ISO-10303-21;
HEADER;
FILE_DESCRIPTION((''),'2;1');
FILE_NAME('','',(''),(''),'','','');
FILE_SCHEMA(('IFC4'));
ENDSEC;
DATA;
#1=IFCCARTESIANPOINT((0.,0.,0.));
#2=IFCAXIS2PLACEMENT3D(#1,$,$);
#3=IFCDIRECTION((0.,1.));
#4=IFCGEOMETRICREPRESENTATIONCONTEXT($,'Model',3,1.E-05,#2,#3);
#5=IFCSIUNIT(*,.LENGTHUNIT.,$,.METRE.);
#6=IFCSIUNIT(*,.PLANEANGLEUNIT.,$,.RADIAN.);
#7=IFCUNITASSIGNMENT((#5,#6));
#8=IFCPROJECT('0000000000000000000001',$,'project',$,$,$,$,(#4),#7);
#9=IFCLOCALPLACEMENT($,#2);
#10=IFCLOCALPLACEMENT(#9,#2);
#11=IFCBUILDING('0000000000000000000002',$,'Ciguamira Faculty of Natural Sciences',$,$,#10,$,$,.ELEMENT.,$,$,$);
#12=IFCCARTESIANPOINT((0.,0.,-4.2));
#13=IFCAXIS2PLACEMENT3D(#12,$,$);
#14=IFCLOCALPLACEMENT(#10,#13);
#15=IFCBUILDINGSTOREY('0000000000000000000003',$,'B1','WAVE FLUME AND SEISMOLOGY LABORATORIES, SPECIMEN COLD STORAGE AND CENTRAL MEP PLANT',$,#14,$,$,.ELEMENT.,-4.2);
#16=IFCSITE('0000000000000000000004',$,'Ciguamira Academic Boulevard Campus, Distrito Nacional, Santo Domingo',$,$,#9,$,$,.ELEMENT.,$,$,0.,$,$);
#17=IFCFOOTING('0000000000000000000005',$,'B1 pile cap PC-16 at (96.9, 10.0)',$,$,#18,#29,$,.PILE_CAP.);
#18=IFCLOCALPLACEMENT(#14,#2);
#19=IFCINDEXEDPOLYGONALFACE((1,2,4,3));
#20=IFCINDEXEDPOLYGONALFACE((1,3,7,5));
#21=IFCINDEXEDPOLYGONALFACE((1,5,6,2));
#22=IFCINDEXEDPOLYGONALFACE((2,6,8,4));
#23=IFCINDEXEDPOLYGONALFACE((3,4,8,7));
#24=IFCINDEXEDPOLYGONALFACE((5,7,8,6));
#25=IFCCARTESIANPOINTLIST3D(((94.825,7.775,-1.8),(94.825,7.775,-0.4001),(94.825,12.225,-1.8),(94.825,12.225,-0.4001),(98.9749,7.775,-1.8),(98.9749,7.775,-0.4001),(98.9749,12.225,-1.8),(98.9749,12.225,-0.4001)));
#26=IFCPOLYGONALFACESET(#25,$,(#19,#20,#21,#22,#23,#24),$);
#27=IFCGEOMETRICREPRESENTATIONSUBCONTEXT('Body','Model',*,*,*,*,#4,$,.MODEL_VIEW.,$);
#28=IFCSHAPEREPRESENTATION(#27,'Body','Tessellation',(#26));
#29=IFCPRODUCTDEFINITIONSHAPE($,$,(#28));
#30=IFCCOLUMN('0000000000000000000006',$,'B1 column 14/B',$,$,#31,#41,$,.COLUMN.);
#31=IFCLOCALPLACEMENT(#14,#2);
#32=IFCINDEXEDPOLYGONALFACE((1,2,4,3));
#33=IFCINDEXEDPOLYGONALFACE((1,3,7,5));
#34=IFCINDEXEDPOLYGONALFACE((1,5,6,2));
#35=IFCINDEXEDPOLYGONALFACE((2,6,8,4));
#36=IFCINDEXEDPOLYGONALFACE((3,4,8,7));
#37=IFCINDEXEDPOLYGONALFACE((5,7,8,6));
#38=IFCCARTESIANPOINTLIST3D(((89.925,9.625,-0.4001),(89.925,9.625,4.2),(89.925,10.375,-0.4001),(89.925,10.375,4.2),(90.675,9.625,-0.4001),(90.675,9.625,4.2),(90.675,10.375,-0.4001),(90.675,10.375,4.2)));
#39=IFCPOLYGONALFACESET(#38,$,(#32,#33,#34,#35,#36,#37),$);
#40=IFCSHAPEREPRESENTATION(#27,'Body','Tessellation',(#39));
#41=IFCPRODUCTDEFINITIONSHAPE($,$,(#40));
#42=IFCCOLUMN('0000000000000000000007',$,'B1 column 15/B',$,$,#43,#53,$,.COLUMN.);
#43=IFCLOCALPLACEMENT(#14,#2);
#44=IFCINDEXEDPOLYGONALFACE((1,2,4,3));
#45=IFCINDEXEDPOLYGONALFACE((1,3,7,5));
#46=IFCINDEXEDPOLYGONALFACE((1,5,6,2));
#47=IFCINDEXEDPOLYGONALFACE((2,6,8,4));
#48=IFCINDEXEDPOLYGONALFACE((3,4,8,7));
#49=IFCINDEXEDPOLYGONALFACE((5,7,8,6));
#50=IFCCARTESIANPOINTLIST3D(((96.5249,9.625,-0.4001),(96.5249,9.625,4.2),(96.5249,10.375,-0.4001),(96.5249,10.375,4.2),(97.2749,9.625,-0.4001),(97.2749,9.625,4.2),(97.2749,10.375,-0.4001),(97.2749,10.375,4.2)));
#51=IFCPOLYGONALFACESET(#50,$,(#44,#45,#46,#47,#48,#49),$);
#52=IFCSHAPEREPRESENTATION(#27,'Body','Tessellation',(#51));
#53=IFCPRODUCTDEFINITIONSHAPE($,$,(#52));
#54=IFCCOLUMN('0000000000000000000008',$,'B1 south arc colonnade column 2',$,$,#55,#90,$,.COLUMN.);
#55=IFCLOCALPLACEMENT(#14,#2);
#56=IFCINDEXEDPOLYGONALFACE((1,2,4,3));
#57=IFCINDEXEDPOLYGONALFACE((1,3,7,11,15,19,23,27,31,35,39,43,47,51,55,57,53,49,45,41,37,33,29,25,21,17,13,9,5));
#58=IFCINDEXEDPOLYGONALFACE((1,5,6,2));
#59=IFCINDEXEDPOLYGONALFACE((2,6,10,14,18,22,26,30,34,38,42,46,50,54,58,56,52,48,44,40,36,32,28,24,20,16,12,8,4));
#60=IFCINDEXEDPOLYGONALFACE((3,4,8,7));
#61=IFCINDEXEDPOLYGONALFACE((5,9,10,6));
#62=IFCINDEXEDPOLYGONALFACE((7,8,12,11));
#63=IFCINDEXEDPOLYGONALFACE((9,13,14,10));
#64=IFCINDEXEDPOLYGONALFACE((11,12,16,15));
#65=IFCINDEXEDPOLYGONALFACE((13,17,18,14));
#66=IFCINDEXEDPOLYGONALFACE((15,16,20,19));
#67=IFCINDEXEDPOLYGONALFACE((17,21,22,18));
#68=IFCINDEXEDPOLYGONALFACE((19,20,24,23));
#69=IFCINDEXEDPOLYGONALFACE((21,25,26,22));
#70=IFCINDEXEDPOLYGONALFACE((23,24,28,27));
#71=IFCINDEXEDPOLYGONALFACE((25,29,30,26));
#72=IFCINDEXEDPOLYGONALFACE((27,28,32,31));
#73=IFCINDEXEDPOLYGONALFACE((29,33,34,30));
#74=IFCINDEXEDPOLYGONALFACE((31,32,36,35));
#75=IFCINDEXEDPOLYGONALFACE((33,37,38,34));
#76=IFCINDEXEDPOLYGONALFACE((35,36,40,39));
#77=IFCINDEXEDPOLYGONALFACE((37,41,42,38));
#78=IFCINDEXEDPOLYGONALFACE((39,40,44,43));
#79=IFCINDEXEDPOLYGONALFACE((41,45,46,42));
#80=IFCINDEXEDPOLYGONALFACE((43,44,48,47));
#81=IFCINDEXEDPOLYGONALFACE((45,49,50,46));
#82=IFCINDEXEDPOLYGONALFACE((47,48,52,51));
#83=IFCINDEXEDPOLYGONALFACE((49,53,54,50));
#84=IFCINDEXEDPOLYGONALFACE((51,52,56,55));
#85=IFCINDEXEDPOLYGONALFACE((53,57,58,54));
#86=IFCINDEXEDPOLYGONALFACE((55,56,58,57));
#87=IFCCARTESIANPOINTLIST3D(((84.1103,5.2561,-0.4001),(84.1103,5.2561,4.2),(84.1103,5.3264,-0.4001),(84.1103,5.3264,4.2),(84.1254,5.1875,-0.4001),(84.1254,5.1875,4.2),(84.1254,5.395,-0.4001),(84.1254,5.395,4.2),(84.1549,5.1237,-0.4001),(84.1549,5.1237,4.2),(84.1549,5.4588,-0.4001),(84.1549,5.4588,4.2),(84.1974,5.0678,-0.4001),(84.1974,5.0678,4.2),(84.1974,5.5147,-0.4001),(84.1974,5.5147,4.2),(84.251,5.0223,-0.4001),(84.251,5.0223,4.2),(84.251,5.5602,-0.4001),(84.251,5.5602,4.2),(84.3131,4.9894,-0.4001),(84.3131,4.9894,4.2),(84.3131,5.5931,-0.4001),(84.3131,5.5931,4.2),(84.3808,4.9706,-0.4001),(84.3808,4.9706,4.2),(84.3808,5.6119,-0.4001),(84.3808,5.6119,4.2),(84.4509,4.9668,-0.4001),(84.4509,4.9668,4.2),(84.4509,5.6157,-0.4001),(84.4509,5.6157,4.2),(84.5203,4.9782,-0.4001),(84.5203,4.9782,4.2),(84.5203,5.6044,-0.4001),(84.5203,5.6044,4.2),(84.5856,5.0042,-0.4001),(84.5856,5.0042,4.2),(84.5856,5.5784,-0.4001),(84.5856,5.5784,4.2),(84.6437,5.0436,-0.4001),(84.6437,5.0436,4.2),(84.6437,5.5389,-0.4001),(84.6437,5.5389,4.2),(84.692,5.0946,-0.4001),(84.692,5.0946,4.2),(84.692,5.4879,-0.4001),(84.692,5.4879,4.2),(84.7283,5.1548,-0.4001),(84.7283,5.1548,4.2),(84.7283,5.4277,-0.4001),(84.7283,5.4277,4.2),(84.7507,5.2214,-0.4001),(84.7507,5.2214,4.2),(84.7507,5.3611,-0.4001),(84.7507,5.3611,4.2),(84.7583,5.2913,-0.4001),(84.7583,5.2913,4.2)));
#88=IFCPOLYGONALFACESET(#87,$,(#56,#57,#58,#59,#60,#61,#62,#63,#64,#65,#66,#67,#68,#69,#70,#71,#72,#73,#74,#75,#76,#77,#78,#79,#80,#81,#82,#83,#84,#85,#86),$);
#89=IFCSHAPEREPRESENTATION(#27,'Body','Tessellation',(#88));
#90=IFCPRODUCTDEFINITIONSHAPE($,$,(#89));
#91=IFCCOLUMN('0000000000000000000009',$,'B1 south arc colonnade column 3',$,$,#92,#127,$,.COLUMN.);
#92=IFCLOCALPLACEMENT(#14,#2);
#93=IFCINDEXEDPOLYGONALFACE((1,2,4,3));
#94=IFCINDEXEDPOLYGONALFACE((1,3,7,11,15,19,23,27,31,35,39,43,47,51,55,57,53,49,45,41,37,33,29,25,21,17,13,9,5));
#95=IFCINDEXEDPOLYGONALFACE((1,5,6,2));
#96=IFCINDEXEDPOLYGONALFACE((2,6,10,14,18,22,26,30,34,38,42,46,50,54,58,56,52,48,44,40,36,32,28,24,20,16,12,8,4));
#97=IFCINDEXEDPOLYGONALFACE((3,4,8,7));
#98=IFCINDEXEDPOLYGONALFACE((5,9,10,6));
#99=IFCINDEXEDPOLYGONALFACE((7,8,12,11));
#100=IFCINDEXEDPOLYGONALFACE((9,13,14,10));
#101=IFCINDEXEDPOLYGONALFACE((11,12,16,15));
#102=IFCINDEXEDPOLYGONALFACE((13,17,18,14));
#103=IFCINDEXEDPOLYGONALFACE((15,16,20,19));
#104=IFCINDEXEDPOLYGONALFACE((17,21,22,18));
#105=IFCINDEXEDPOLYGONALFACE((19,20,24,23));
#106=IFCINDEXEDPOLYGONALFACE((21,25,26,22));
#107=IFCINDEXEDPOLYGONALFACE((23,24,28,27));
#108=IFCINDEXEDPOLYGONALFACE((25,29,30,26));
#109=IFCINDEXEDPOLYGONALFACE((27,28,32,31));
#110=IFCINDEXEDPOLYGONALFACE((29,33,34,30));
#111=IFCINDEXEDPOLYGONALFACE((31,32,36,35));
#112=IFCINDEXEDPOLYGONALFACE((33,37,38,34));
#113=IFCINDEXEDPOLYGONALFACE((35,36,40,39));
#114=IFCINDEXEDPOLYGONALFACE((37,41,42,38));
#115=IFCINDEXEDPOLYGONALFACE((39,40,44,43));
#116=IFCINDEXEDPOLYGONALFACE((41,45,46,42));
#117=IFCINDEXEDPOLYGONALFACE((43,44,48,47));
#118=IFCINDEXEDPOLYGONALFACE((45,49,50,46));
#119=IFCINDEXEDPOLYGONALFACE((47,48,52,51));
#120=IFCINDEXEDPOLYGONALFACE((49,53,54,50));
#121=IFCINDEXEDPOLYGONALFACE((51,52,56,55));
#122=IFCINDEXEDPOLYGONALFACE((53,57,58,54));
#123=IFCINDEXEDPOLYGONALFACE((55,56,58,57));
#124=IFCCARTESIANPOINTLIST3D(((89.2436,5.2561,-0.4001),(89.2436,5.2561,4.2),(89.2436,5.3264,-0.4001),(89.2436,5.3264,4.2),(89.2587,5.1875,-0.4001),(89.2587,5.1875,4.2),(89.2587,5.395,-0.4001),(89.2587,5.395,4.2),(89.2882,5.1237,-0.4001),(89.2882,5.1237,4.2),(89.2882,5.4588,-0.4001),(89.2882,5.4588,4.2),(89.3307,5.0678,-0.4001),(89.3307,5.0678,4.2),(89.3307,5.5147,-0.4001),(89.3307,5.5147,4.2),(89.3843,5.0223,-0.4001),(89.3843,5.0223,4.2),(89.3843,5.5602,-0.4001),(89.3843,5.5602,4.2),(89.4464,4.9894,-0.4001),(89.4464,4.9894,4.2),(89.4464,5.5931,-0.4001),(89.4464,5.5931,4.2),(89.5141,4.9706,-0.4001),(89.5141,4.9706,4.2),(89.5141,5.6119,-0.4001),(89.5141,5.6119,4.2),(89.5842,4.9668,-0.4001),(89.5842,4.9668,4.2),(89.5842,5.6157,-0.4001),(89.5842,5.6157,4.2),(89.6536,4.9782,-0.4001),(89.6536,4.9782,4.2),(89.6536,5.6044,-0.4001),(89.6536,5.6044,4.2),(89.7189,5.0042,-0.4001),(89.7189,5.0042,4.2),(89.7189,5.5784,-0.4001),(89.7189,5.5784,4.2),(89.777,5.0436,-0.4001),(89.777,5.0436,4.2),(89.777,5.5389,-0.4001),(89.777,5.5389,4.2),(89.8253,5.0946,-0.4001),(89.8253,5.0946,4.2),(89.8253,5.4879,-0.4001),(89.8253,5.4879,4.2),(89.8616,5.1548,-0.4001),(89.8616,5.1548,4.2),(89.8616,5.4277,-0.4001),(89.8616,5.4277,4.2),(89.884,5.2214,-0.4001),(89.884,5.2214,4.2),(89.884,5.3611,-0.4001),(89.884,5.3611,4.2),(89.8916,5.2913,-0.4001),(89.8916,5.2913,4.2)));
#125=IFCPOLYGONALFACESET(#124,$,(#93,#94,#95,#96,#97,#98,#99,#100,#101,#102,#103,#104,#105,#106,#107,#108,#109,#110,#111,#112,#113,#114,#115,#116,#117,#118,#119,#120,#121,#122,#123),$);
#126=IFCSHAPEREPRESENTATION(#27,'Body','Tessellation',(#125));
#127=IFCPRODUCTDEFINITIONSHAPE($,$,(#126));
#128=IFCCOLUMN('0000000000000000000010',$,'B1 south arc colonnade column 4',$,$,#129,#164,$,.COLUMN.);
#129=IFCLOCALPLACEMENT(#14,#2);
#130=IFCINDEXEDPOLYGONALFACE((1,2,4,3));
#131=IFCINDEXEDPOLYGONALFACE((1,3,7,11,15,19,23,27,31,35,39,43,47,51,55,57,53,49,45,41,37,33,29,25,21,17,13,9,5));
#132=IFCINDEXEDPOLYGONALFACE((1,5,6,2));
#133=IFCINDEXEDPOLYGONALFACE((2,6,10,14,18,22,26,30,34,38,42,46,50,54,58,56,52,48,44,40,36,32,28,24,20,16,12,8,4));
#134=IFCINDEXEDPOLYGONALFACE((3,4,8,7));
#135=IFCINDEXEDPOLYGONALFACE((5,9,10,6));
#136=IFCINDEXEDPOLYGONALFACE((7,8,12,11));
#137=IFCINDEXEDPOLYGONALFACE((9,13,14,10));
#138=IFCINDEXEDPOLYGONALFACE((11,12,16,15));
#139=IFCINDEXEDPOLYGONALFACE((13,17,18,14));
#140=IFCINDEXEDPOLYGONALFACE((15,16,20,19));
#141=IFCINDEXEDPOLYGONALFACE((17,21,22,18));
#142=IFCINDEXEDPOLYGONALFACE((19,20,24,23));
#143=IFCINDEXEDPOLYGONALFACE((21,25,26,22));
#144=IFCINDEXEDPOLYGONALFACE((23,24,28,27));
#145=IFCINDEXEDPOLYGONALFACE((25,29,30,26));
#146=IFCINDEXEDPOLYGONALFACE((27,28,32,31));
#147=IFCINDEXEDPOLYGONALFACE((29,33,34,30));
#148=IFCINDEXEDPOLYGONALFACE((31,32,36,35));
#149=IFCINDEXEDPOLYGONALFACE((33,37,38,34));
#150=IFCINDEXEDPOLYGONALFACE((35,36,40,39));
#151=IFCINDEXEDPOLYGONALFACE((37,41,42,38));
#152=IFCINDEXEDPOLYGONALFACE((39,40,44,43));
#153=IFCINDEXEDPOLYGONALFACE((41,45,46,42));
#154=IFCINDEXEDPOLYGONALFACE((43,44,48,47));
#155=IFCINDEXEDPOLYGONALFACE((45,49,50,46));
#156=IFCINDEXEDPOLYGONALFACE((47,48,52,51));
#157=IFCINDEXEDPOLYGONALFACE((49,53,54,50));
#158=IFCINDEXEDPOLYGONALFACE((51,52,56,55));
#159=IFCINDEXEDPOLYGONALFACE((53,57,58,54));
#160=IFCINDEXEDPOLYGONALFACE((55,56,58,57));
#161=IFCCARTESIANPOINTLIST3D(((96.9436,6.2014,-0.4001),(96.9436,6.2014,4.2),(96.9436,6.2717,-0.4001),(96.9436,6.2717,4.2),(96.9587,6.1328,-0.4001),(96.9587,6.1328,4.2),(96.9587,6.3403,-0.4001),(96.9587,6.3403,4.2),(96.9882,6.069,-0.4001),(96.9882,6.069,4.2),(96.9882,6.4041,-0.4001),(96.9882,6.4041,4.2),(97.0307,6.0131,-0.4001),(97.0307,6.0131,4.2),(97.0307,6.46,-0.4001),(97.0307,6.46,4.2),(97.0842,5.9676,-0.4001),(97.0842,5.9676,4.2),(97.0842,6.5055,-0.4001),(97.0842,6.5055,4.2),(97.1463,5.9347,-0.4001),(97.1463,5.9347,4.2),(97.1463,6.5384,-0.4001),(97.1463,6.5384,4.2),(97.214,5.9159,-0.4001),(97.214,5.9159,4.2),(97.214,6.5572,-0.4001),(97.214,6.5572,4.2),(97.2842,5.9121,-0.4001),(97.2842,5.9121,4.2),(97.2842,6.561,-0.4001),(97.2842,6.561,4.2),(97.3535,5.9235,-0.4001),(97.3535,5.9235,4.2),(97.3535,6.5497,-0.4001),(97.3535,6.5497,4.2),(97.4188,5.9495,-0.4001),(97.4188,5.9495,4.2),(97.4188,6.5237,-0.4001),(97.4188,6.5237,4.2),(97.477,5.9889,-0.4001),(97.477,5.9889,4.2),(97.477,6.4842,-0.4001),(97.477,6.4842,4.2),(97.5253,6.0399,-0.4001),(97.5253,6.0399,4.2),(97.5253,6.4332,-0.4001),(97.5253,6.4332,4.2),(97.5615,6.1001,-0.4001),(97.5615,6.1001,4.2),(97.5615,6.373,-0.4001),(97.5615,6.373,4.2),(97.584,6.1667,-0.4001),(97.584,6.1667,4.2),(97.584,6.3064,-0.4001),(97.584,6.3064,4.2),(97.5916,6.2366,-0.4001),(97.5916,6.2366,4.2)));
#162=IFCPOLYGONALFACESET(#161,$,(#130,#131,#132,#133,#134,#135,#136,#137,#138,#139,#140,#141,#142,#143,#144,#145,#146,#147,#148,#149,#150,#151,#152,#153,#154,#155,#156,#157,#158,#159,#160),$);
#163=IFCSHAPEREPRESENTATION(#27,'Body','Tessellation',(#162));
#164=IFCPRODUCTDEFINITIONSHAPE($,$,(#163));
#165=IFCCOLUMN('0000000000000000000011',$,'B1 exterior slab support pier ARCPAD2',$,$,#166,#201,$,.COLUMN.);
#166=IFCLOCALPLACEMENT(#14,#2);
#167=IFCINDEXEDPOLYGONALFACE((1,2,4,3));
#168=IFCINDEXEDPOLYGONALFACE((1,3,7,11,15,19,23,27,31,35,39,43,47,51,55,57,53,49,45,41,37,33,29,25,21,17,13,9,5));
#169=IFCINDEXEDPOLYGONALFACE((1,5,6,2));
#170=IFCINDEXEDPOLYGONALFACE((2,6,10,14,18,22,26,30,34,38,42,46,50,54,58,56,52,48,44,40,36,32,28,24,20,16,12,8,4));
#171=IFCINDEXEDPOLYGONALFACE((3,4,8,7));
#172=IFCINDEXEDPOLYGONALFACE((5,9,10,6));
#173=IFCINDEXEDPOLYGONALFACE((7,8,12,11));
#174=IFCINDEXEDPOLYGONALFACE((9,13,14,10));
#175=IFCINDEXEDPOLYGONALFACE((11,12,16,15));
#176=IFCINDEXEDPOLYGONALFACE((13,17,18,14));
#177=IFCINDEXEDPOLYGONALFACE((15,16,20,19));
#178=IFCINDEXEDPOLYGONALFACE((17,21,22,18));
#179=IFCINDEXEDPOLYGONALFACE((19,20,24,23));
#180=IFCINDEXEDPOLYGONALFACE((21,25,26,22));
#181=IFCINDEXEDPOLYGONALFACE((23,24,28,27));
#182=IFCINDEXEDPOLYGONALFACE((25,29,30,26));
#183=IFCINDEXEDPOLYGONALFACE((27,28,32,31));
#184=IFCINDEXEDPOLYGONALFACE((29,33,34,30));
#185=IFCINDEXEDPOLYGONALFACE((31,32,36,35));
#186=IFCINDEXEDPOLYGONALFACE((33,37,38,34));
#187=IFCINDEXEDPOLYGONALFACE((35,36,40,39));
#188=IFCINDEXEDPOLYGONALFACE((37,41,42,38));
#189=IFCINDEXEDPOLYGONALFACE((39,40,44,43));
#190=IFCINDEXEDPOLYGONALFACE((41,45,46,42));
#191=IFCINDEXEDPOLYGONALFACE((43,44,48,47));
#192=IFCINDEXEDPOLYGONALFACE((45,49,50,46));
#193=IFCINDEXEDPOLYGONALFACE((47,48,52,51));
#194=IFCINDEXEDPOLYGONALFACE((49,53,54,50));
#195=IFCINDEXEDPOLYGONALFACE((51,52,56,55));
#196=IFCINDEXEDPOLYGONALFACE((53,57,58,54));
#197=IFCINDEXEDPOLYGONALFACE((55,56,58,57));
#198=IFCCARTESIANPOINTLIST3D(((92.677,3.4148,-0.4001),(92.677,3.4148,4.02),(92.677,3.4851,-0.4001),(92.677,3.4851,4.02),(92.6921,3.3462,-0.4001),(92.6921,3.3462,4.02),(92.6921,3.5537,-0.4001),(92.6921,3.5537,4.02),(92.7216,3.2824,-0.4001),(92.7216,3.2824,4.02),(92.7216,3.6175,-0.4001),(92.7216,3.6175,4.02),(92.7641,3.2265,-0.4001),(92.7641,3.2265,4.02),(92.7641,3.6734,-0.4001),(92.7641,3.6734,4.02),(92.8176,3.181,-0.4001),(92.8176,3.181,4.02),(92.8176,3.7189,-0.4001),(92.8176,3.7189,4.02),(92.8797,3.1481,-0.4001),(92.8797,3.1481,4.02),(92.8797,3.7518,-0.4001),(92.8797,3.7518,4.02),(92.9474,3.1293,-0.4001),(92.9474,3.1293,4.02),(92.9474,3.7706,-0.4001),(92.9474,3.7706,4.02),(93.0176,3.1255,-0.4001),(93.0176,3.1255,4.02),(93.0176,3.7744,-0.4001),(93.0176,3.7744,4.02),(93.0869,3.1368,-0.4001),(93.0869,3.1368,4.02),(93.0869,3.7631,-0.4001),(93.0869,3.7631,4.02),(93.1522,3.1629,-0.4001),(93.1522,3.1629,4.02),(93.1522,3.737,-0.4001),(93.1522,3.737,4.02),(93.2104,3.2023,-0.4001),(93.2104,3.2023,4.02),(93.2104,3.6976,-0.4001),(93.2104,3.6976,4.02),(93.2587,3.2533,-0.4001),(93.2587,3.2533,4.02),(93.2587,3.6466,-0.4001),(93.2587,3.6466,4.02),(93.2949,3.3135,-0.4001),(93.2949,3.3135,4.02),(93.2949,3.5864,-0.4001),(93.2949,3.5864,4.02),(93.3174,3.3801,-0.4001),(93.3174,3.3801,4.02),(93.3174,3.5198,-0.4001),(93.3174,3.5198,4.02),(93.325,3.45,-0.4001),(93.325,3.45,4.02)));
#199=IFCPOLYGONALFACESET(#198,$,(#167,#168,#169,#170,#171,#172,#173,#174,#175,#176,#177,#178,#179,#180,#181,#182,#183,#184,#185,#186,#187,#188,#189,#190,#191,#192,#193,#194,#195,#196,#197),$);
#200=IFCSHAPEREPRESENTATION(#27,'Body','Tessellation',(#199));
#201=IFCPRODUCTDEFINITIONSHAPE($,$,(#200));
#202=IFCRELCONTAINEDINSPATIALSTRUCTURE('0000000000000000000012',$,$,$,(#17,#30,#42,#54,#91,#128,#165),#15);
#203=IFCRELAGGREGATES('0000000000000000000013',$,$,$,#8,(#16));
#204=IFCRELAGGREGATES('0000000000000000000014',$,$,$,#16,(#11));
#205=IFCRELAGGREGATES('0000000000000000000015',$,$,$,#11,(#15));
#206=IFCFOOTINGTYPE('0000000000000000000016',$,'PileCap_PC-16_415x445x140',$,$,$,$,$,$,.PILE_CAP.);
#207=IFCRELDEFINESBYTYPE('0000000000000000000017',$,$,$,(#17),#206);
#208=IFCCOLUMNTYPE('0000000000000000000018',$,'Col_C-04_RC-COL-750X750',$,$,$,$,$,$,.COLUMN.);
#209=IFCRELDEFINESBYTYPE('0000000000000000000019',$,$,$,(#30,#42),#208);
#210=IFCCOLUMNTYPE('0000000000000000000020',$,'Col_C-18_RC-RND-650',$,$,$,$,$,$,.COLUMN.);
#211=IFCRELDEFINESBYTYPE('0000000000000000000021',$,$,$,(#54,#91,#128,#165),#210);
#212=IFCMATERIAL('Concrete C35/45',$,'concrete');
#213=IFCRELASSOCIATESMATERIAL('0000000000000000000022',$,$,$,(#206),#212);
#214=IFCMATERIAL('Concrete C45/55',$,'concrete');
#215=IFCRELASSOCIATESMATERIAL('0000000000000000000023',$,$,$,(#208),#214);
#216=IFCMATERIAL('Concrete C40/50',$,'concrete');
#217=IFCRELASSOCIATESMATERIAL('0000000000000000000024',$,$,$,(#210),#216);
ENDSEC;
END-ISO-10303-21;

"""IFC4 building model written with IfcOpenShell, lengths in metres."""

from ifc_helpers import new_model, si_unit, direction, frame, origin, origin_2d, place, context, subcontext, project, spatial, rectangle, circle, extrude, material, material_profile, profile_set, type_object, element, save


model = new_model("IFC4")

# Units and contexts
model_context = context("Model", 3, precision=1e-05, world=origin(), true_north=direction((0.0, 1.0)))
body_context = subcontext(model_context, "Body", "Model", "MODEL_VIEW")
ifc_project = project(units=[si_unit("LENGTHUNIT", "METRE"), si_unit("PLANEANGLEUNIT", "RADIAN")], contexts=[model_context])

# Site, building, storey
site_placement = place(None, origin())
site = spatial("IfcSite", under=ifc_project, at=site_placement, Name="Ciguamira Academic Boulevard Campus, Distrito Nacional, Santo Domingo", CompositionType="ELEMENT", RefElevation=0.0)
building_placement = place(site_placement, origin())
building = spatial("IfcBuilding", under=site, at=building_placement, Name="Ciguamira Faculty of Natural Sciences", CompositionType="ELEMENT")
storey_placement = place(building_placement, frame((0.0, 0.0, -4.2)))
storey = spatial("IfcBuildingStorey", under=building, at=storey_placement, Name="B1", Description="WAVE FLUME AND SEISMOLOGY LABORATORIES, SPECIMEN COLD STORAGE AND CENTRAL MEP PLANT", CompositionType="ELEMENT", Elevation=-4.2)

# Shared definitions
ifc_material_1 = material(Name="Concrete C35/45", Category="concrete")

# Footing
footing_type_1 = type_object("IfcFootingType", Name="PileCap_PC-16_415x445x140", PredefinedType="PILE_CAP", material=ifc_material_1)
footing_1_placement = place(storey_placement, frame((96.8999, 10.0, -1.8), z_axis=(0.0, 0.0, 1.0), x_axis=(1.0, 0.0, 0.0)))
element("IfcFooting", 1, at=footing_1_placement, inside=storey, type_object=footing_type_1, Name="B1 pile cap PC-16 at (96.9, 10.0)", PredefinedType="PILE_CAP", context=body_context, shape_type="SweptSolid", body=[
    extrude(rectangle(XDim=4.1499, YDim=4.45, at=origin_2d()), origin(), (0.0, 0.0, 1.0), 1.3999),
])

# Columns
ifc_material_2 = material(Name="Concrete C45/55", Category="concrete")
ifc_material_profile_1 = material_profile(ifc_material_2, rectangle(XDim=0.75, YDim=0.75, at=origin_2d()), Name="RC-COL-750X750")
ifc_profile_set_1 = profile_set([ifc_material_profile_1], Name="Concrete C45/55")
column_type_1 = type_object("IfcColumnType", Name="Col_C-04_RC-COL-750X750", PredefinedType="COLUMN", material=ifc_profile_set_1)
for number, where, z_axis, x_axis, name in (
    (2, (90.3, 10.0, -0.4001), (0.0, 0.0, 1.0), (1.0, 0.0, 0.0), "B1 column 14/B"),
    (3, (96.8999, 10.0, -0.4001), (0.0, 0.0, 1.0), (1.0, 0.0, 0.0), "B1 column 15/B"),
):
    element("IfcColumn", number, at=place(storey_placement, frame(where, z_axis=z_axis, x_axis=x_axis)), inside=storey, type_object=column_type_1, Name=name, PredefinedType="COLUMN", context=body_context, shape_type="SweptSolid", body=[
        extrude(rectangle(XDim=0.75, YDim=0.75, at=origin_2d()), origin(), (0.0, 0.0, 1.0), 4.6001),
    ])
ifc_material_3 = material(Name="Concrete C40/50", Category="concrete")
ifc_material_profile_2 = material_profile(ifc_material_3, circle(Radius=0.325, at=origin_2d()), Name="RC-RND-650")
ifc_profile_set_2 = profile_set([ifc_material_profile_2], Name="Concrete C40/50")
column_type_2 = type_object("IfcColumnType", Name="Col_C-18_RC-RND-650", PredefinedType="COLUMN", material=ifc_profile_set_2)
for number, where, z_axis, x_axis, name in (
    (4, (84.4333, 5.2913, -0.4001), (0.0, 0.0, 1.0), (1.0, 0.0, 0.0), "B1 south arc colonnade column 2"),
    (5, (89.5667, 5.2913, -0.4001), (0.0, 0.0, 1.0), (1.0, 0.0, 0.0), "B1 south arc colonnade column 3"),
    (6, (97.2666, 6.2366, -0.4001), (0.0, 0.0, 1.0), (1.0, 0.0, 0.0), "B1 south arc colonnade column 4"),
):
    element("IfcColumn", number, at=place(storey_placement, frame(where, z_axis=z_axis, x_axis=x_axis)), inside=storey, type_object=column_type_2, Name=name, PredefinedType="COLUMN", context=body_context, shape_type="SweptSolid", body=[
        extrude(circle(Radius=0.325, at=origin_2d()), origin(), (0.0, 0.0, 1.0), 4.6001),
    ])
for number, where, z_axis, x_axis, name in (
    (7, (93.0, 3.45, -0.4001), (0.0, 0.0, 1.0), (1.0, 0.0, 0.0), "B1 exterior slab support pier ARCPAD2"),
):
    element("IfcColumn", number, at=place(storey_placement, frame(where, z_axis=z_axis, x_axis=x_axis)), inside=storey, type_object=column_type_2, Name=name, PredefinedType="COLUMN", context=body_context, shape_type="SweptSolid", body=[
        extrude(circle(Radius=0.325, at=origin_2d()), origin(), (0.0, 0.0, 1.0), 4.4202),
    ])

save(model, "model.ifc")
